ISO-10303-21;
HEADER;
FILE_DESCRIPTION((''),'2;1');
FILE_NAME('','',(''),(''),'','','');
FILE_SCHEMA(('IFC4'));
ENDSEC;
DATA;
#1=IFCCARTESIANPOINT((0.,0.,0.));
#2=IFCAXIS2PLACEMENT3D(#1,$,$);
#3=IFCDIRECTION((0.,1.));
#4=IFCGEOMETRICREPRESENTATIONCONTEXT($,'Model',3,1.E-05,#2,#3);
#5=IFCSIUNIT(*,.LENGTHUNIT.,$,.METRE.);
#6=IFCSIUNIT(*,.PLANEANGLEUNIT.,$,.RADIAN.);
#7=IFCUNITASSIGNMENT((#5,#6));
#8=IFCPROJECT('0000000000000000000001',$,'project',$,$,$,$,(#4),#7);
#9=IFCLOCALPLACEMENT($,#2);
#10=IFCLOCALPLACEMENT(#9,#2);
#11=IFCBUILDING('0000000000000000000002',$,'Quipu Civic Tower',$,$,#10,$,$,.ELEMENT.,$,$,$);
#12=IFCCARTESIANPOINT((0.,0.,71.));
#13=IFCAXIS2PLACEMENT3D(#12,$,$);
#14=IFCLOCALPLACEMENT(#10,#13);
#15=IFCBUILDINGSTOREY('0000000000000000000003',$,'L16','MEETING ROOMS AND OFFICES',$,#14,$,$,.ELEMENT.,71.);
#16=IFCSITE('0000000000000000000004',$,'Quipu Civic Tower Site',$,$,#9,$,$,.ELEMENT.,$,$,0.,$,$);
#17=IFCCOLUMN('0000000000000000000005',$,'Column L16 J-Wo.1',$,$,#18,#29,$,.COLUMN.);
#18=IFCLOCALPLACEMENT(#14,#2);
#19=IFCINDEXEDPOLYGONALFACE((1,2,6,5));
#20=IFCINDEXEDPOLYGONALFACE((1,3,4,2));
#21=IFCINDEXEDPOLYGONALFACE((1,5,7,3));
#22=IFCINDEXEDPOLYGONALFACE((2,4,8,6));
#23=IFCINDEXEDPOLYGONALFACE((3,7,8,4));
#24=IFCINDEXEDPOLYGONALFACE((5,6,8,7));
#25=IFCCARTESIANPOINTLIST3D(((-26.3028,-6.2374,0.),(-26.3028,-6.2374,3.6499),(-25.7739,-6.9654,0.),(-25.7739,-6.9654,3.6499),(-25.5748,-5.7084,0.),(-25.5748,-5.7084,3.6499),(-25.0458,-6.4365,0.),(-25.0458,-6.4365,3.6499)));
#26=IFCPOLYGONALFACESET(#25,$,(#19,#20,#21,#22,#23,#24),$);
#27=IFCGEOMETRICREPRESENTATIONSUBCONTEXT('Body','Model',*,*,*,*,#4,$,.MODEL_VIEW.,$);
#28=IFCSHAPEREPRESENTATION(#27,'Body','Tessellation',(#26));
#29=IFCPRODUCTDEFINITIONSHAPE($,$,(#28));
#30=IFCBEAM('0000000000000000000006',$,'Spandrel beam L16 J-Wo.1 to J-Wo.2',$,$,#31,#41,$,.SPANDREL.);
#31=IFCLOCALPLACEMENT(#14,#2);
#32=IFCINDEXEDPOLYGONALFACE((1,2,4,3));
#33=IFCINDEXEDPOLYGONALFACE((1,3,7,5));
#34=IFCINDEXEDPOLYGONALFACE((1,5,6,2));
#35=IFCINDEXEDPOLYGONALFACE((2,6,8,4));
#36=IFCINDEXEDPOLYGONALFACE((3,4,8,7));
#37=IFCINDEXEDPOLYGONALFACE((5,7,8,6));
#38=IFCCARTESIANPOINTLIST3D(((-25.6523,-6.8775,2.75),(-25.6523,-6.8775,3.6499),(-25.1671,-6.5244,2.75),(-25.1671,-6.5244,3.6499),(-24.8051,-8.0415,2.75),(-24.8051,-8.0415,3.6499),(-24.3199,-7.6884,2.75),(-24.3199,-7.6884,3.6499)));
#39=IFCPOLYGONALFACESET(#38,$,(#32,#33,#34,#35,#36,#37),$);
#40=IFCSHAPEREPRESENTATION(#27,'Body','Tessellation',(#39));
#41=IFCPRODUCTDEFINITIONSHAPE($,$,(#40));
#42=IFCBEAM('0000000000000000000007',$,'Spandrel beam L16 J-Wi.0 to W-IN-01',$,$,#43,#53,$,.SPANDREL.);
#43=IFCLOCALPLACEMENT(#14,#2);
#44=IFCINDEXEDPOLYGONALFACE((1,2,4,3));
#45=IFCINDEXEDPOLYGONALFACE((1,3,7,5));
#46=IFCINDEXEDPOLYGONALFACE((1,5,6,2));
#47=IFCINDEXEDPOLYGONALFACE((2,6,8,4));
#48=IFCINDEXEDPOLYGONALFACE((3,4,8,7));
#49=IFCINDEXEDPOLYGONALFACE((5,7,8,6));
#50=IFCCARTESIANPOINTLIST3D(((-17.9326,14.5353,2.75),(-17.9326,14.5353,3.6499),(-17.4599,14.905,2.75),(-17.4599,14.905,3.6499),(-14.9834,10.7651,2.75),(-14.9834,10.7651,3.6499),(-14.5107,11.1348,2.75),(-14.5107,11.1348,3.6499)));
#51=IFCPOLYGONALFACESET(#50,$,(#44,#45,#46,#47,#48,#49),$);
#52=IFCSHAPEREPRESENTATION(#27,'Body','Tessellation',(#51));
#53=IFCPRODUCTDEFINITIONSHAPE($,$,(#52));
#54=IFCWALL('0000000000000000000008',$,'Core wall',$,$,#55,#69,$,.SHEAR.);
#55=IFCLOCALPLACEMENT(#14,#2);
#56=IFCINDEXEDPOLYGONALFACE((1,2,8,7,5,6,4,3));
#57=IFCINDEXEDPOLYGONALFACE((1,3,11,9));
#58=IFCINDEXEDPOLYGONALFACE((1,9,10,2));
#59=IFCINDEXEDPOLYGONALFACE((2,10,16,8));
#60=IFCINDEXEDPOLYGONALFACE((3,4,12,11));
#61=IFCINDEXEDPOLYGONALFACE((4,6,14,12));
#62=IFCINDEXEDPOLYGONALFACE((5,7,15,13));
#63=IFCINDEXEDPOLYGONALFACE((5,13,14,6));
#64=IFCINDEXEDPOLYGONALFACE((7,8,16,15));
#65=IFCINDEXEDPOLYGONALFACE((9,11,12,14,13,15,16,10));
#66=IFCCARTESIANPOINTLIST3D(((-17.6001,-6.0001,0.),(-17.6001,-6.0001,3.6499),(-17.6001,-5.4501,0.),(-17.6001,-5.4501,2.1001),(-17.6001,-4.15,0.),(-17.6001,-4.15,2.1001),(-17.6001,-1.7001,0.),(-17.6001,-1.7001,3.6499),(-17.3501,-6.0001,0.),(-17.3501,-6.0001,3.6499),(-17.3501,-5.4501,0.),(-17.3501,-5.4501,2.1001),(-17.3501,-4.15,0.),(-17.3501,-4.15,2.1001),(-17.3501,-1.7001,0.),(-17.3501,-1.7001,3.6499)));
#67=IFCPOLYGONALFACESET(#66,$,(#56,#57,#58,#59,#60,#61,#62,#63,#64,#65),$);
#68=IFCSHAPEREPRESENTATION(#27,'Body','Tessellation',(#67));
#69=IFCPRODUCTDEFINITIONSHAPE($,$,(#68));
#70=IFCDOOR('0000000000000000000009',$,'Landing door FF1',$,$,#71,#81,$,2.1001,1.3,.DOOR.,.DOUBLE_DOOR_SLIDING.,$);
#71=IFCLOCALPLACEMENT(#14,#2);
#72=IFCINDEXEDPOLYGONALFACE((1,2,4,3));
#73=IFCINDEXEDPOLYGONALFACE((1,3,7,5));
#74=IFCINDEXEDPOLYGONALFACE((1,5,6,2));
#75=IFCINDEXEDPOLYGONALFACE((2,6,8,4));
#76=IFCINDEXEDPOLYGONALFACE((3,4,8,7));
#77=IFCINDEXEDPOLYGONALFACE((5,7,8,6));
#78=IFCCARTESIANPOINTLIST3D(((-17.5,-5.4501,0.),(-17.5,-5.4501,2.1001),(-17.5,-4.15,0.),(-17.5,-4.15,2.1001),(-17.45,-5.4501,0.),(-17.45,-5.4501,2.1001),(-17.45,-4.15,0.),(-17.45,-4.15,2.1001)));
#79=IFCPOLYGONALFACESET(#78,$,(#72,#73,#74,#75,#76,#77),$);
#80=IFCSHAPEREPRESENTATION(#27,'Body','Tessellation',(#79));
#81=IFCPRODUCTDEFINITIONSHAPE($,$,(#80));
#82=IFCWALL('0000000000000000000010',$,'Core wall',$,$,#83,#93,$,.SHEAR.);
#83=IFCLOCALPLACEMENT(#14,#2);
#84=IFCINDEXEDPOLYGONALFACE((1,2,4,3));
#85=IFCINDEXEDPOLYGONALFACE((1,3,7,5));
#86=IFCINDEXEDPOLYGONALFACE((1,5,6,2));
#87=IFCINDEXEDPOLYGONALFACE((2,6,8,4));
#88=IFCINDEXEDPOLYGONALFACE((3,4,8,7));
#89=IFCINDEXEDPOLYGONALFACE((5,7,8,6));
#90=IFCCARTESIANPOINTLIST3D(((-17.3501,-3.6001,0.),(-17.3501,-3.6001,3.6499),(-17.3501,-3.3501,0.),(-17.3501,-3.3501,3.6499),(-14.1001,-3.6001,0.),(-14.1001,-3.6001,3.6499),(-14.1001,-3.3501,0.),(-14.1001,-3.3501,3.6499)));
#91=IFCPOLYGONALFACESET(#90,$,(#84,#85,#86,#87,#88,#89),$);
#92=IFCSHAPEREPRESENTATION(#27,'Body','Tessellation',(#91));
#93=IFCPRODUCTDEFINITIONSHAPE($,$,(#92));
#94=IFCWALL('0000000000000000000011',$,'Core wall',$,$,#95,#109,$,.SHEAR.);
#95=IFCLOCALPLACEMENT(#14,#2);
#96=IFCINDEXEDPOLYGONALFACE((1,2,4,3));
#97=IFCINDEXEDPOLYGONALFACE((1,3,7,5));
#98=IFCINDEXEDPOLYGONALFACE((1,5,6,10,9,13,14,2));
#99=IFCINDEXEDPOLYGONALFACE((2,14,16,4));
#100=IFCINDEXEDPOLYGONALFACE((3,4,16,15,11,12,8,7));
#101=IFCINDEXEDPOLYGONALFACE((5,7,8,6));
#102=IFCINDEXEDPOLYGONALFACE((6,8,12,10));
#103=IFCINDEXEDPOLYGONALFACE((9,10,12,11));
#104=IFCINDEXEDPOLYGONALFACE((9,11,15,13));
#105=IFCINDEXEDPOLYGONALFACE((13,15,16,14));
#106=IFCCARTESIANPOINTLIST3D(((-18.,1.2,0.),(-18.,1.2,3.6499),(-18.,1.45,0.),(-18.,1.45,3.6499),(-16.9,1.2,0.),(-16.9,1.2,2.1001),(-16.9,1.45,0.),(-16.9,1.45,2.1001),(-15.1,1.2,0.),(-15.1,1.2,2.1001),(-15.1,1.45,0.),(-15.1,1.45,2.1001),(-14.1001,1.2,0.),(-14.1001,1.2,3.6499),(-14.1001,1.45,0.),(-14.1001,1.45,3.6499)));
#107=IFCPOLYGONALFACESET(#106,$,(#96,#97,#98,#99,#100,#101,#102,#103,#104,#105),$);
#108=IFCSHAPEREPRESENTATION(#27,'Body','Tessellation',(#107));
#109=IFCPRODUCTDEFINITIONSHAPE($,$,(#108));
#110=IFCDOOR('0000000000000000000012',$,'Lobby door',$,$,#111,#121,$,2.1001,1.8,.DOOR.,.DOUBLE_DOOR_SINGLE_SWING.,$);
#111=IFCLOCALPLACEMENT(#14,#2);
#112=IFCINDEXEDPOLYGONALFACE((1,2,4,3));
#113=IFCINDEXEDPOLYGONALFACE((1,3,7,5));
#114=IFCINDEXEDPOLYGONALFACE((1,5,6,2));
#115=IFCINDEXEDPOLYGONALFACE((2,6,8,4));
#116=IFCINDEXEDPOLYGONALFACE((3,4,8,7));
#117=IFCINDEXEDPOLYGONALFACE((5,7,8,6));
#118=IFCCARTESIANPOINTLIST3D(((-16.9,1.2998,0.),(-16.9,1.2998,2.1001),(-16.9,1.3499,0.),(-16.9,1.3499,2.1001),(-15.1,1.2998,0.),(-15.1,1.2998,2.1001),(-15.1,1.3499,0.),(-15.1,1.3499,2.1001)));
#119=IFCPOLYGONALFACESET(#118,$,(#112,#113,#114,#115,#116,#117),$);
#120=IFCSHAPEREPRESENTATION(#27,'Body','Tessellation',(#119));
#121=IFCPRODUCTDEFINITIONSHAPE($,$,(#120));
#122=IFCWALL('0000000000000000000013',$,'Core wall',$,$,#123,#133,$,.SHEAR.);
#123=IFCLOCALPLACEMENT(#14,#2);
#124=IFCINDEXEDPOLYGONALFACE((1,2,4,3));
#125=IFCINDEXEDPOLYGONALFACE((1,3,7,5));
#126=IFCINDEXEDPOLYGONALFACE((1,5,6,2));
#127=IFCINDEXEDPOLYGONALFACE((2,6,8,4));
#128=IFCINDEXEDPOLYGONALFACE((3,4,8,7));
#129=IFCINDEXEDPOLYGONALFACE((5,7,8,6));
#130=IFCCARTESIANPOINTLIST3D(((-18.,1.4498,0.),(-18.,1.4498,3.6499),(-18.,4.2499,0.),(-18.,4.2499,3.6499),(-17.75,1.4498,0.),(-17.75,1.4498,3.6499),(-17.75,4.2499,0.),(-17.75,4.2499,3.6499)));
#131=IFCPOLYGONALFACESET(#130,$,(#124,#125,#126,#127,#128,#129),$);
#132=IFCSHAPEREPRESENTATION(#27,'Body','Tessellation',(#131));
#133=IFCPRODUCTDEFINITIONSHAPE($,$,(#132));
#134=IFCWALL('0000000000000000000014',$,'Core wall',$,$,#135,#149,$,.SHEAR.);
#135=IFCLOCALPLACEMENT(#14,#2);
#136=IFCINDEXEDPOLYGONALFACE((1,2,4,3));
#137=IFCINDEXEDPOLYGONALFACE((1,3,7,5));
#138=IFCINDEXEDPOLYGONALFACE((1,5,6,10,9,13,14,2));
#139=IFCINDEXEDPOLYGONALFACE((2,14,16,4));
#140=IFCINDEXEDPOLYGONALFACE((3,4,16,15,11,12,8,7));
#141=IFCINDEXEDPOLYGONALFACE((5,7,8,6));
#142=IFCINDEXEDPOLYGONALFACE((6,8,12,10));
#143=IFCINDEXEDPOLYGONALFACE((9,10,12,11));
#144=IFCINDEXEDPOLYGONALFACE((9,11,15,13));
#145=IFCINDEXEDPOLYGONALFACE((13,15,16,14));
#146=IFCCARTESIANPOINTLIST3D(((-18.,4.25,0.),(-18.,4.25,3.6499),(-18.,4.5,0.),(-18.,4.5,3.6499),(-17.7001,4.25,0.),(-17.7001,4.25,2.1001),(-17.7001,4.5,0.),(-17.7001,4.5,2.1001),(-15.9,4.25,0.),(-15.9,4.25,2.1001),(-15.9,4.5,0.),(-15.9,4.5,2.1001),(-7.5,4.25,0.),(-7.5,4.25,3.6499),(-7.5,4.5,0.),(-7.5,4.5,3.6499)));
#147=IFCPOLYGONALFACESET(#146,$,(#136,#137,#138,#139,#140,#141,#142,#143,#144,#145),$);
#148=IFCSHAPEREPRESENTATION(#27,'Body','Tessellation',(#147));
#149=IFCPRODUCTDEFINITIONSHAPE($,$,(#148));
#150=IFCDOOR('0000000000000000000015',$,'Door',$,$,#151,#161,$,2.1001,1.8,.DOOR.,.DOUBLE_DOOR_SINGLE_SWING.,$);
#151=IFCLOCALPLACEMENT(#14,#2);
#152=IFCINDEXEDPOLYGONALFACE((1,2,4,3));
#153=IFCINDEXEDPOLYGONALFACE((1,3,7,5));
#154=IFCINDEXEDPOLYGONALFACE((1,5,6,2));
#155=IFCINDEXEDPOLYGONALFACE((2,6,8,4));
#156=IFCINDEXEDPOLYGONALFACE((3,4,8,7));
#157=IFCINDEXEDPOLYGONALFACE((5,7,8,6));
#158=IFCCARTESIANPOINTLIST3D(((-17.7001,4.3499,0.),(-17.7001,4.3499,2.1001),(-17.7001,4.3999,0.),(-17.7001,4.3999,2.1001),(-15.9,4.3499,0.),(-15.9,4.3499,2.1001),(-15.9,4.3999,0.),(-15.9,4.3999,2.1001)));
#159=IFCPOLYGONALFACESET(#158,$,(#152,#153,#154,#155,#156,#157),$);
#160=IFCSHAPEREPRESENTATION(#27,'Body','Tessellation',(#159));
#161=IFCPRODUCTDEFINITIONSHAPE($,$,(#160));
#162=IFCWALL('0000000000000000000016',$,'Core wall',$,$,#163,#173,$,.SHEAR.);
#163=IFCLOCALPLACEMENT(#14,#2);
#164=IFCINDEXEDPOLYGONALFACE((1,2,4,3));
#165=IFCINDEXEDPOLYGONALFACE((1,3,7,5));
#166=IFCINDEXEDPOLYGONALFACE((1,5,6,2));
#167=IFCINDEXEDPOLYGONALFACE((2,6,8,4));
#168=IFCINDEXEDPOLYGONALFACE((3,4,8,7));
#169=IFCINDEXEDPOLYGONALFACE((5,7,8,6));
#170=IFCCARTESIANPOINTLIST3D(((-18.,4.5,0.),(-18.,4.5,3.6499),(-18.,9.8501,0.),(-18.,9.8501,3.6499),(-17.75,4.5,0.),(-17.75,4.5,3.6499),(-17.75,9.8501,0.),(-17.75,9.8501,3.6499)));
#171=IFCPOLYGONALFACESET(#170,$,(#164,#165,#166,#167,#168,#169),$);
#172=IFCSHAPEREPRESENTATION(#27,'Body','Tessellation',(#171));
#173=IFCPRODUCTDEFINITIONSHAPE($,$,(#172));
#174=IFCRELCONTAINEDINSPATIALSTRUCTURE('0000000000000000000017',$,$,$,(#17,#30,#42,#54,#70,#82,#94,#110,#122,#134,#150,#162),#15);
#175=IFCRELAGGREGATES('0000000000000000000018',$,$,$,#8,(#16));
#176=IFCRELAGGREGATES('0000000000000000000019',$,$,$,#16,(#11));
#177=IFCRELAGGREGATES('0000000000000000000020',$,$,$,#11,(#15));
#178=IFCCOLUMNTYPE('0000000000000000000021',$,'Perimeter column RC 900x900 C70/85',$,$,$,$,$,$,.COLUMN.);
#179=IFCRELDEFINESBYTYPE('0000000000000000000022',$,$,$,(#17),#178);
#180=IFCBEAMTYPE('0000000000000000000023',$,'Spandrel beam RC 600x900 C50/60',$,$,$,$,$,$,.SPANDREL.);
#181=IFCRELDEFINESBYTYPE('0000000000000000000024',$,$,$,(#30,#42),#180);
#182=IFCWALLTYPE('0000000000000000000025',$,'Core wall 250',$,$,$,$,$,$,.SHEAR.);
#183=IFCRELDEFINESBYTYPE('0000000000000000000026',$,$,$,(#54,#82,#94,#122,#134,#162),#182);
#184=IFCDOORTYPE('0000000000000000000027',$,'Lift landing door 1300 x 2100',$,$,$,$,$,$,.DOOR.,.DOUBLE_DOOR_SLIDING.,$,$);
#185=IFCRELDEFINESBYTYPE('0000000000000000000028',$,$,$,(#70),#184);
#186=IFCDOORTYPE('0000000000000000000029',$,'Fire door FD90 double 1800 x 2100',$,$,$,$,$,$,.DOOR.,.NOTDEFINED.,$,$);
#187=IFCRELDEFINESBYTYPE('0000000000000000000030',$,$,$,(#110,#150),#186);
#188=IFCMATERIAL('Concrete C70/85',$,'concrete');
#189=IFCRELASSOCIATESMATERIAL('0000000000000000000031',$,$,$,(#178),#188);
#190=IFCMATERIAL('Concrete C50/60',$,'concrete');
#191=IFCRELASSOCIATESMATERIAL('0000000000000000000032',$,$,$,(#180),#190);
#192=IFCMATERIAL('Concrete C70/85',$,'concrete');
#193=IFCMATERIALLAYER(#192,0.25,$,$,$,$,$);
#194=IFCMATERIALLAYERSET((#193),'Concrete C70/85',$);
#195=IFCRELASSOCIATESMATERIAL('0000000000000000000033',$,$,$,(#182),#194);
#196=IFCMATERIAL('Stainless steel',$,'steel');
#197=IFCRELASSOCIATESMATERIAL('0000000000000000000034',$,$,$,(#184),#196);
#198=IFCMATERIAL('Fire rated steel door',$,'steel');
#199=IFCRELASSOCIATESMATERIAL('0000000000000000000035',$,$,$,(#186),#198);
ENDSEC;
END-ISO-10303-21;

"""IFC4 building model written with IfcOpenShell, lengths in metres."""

from ifc_helpers import new_model, si_unit, direction, frame, frame_2d, origin, origin_2d, place, context, subcontext, project, spatial, rectangle, extrude, material, layer, layer_set, material_profile, profile_set, type_object, element, fill, save


model = new_model("IFC4")

# Units and contexts
model_context = context("Model", 3, precision=1e-05, world=origin(), true_north=direction((0.0, 1.0)))
body_context = subcontext(model_context, "Body", "Model", "MODEL_VIEW")
ifc_project = project(units=[si_unit("LENGTHUNIT", "METRE"), si_unit("PLANEANGLEUNIT", "RADIAN")], contexts=[model_context])

# Site, building, storey
site_placement = place(None, origin())
site = spatial("IfcSite", under=ifc_project, at=site_placement, Name="Quipu Civic Tower Site", CompositionType="ELEMENT", RefElevation=0.0)
building_placement = place(site_placement, origin())
building = spatial("IfcBuilding", under=site, at=building_placement, Name="Quipu Civic Tower", CompositionType="ELEMENT")
storey_placement = place(building_placement, frame((0.0, 0.0, 71.0)))
storey = spatial("IfcBuildingStorey", under=building, at=storey_placement, Name="L16", Description="MEETING ROOMS AND OFFICES", CompositionType="ELEMENT", Elevation=71.0)

# Column
ifc_material_1 = material(Name="Concrete C70/85", Category="concrete")
ifc_material_profile_1 = material_profile(ifc_material_1, rectangle(XDim=0.8999, YDim=0.8999, at=origin_2d()), Name="RC900x900")
ifc_profile_set_1 = profile_set([ifc_material_profile_1], Name="Concrete C70/85")
column_type = type_object("IfcColumnType", Name="Perimeter column RC 900x900 C70/85", PredefinedType="COLUMN", material=ifc_profile_set_1)
column_placement = place(storey_placement, frame((-25.6743, -6.3369, 0.0), z_axis=(0.0, 0.0, 1.0), x_axis=(0.587785, -0.809017, 0.0)))
element("IfcColumn", 1, at=column_placement, inside=storey, type_object=column_type, Name="Column L16 J-Wo.1", PredefinedType="COLUMN", context=body_context, shape_type="SweptSolid", body=[
    extrude(rectangle(XDim=0.8999, YDim=0.8999, at=origin_2d()), origin(), (0.0, 0.0, 1.0), 3.6499),
])

# Beams
ifc_material_2 = material(Name="Concrete C50/60", Category="concrete")
ifc_material_profile_2 = material_profile(ifc_material_2, rectangle(XDim=0.6001, YDim=0.8999, at=origin_2d()), Name="RC600x900")
ifc_profile_set_2 = profile_set([ifc_material_profile_2], Name="Concrete C50/60")
beam_type = type_object("IfcBeamType", Name="Spandrel beam RC 600x900 C50/60", PredefinedType="SPANDREL", material=ifc_profile_set_2)
beam_1_placement = place(storey_placement, frame((-25.4097, -6.7009, 3.2), z_axis=(0.588434, -0.808545, 0.0), x_axis=(0.808545, 0.588434, 0.0)))
element("IfcBeam", 2, at=beam_1_placement, inside=storey, type_object=beam_type, Name="Spandrel beam L16 J-Wo.1 to J-Wo.2", PredefinedType="SPANDREL", context=body_context, shape_type="SweptSolid", body=[
    extrude(rectangle(XDim=0.6001, YDim=0.8999, at=origin_2d()), origin(), (0.0, 0.0, 1.0), 1.4397),
])
beam_2_placement = place(storey_placement, frame((-14.7471, 10.95, 3.2), z_axis=(-0.616124, 0.787649, 0.0), x_axis=(-0.787649, -0.616124, 0.0)))
element("IfcBeam", 3, at=beam_2_placement, inside=storey, type_object=beam_type, Name="Spandrel beam L16 J-Wi.0 to W-IN-01", PredefinedType="SPANDREL", context=body_context, shape_type="SweptSolid", body=[
    extrude(rectangle(XDim=0.6001, YDim=0.8999, at=origin_2d()), origin(), (0.0, 0.0, 1.0), 4.7866),
])

# Wall, opening, door
ifc_material_3 = material(Name="Concrete C70/85", Category="concrete")
ifc_layer_1 = layer(ifc_material_3, 0.25)
ifc_layer_set_1 = layer_set([ifc_layer_1], Name="Concrete C70/85")
wall_type_1 = type_object("IfcWallType", Name="Core wall 250", PredefinedType="SHEAR", material=ifc_layer_set_1)
wall_1_placement = place(storey_placement, frame((-17.4751, -6.0, 0.0), z_axis=(0.0, 0.0, 1.0), x_axis=(0.0, 1.0, 0.0)))
wall_1 = element("IfcWall", 4, at=wall_1_placement, inside=storey, type_object=wall_type_1, Name="Core wall", PredefinedType="SHEAR", context=body_context, shape_type="SweptSolid", body=[
    extrude(rectangle(XDim=4.3, YDim=0.25, at=frame_2d((2.1499, 0.0))), origin(), (0.0, 0.0, 1.0), 3.6499),
])
opening_1_placement = place(wall_1_placement, frame((0.55, 0.0, 0.0)))
opening_1 = element("IfcOpeningElement", 5, at=opening_1_placement, cuts=wall_1, PredefinedType="OPENING", context=body_context, shape_type="SweptSolid", body=[
    extrude(rectangle(XDim=1.3, YDim=2.1001, at=frame_2d((0.6499, 1.05))), frame((0.0, 0.135, 0.0), z_axis=(0.0, -1.0, 0.0), x_axis=(1.0, 0.0, 0.0)), (0.0, 0.0, 1.0), 0.27),
])
ifc_material_4 = material(Name="Stainless steel", Category="steel")
door_type_1 = type_object("IfcDoorType", Name="Lift landing door 1300 x 2100", OperationType="DOUBLE_DOOR_SLIDING", PredefinedType="DOOR", material=ifc_material_4)
door_1_placement = place(opening_1_placement, origin())
door_1 = element("IfcDoor", 6, at=door_1_placement, inside=storey, type_object=door_type_1, Name="Landing door FF1", OperationType="DOUBLE_DOOR_SLIDING", OverallHeight=2.1001, OverallWidth=1.3, PredefinedType="DOOR", context=body_context, shape_type="SweptSolid", body=[
    extrude(rectangle(XDim=1.3, YDim=2.1001, at=frame_2d((0.6499, 1.05))), frame((0.0, 0.0249, 0.0), z_axis=(0.0, -1.0, 0.0), x_axis=(1.0, 0.0, 0.0)), (0.0, 0.0, 1.0), 0.05),
])
fill(opening_1, door_1)

# Wall
wall_2_placement = place(storey_placement, frame((-17.3501, -3.4751, 0.0), z_axis=(0.0, 0.0, 1.0), x_axis=(1.0, 0.0, 0.0)))
element("IfcWall", 7, at=wall_2_placement, inside=storey, type_object=wall_type_1, Name="Core wall", PredefinedType="SHEAR", context=body_context, shape_type="SweptSolid", body=[
    extrude(rectangle(XDim=3.25, YDim=0.25, at=frame_2d((1.625, 0.0))), origin(), (0.0, 0.0, 1.0), 3.6499),
])

# Wall, opening, door
wall_3_placement = place(storey_placement, frame((-18.0, 1.325, 0.0), z_axis=(0.0, 0.0, 1.0), x_axis=(1.0, 0.0, 0.0)))
wall_3 = element("IfcWall", 8, at=wall_3_placement, inside=storey, type_object=wall_type_1, Name="Core wall", PredefinedType="SHEAR", context=body_context, shape_type="SweptSolid", body=[
    extrude(rectangle(XDim=3.8999, YDim=0.25, at=frame_2d((1.95, 0.0))), origin(), (0.0, 0.0, 1.0), 3.6499),
])
opening_2_placement = place(wall_3_placement, frame((1.1001, 0.0, 0.0)))
opening_2 = element("IfcOpeningElement", 9, at=opening_2_placement, cuts=wall_3, PredefinedType="OPENING", context=body_context, shape_type="SweptSolid", body=[
    extrude(rectangle(XDim=1.8, YDim=2.1001, at=frame_2d((0.8999, 1.05))), frame((0.0, 0.135, 0.0), z_axis=(0.0, -1.0, 0.0), x_axis=(1.0, 0.0, 0.0)), (0.0, 0.0, 1.0), 0.27),
])
ifc_material_5 = material(Name="Fire rated steel door", Category="steel")
door_type_2 = type_object("IfcDoorType", Name="Fire door FD90 double 1800 x 2100", OperationType="NOTDEFINED", PredefinedType="DOOR", material=ifc_material_5)
door_2_placement = place(opening_2_placement, origin())
door_2 = element("IfcDoor", 10, at=door_2_placement, inside=storey, type_object=door_type_2, Name="Lobby door", OperationType="DOUBLE_DOOR_SINGLE_SWING", OverallHeight=2.1001, OverallWidth=1.8, PredefinedType="DOOR", context=body_context, shape_type="SweptSolid", body=[
    extrude(rectangle(XDim=1.8, YDim=2.1001, at=frame_2d((0.8999, 1.05))), frame((0.0, 0.0249, 0.0), z_axis=(0.0, -1.0, 0.0), x_axis=(1.0, 0.0, 0.0)), (0.0, 0.0, 1.0), 0.05),
])
fill(opening_2, door_2)

# Wall
wall_4_placement = place(storey_placement, frame((-17.875, 1.45, 0.0), z_axis=(0.0, 0.0, 1.0), x_axis=(0.0, 1.0, 0.0)))
element("IfcWall", 11, at=wall_4_placement, inside=storey, type_object=wall_type_1, Name="Core wall", PredefinedType="SHEAR", context=body_context, shape_type="SweptSolid", body=[
    extrude(rectangle(XDim=2.8, YDim=0.25, at=frame_2d((1.3999, 0.0))), origin(), (0.0, 0.0, 1.0), 3.6499),
])

# Wall, opening, door
wall_5_placement = place(storey_placement, frame((-18.0, 4.375, 0.0), z_axis=(0.0, 0.0, 1.0), x_axis=(1.0, 0.0, 0.0)))
wall_5 = element("IfcWall", 12, at=wall_5_placement, inside=storey, type_object=wall_type_1, Name="Core wall", PredefinedType="SHEAR", context=body_context, shape_type="SweptSolid", body=[
    extrude(rectangle(XDim=10.5, YDim=0.25, at=frame_2d((5.25, 0.0))), origin(), (0.0, 0.0, 1.0), 3.6499),
])
opening_3_placement = place(wall_5_placement, frame((0.3, 0.0, 0.0)))
opening_3 = element("IfcOpeningElement", 13, at=opening_3_placement, cuts=wall_5, PredefinedType="OPENING", context=body_context, shape_type="SweptSolid", body=[
    extrude(rectangle(XDim=1.8, YDim=2.1001, at=frame_2d((0.8999, 1.05))), frame((0.0, 0.135, 0.0), z_axis=(0.0, -1.0, 0.0), x_axis=(1.0, 0.0, 0.0)), (0.0, 0.0, 1.0), 0.27),
])
door_3_placement = place(opening_3_placement, origin())
door_3 = element("IfcDoor", 14, at=door_3_placement, inside=storey, type_object=door_type_2, Name="Door", OperationType="DOUBLE_DOOR_SINGLE_SWING", OverallHeight=2.1001, OverallWidth=1.8, PredefinedType="DOOR", context=body_context, shape_type="SweptSolid", body=[
    extrude(rectangle(XDim=1.8, YDim=2.1001, at=frame_2d((0.8999, 1.05))), frame((0.0, 0.0249, 0.0), z_axis=(0.0, -1.0, 0.0), x_axis=(1.0, 0.0, 0.0)), (0.0, 0.0, 1.0), 0.05),
])
fill(opening_3, door_3)

# Wall
wall_6_placement = place(storey_placement, frame((-17.875, 4.5, 0.0), z_axis=(0.0, 0.0, 1.0), x_axis=(0.0, 1.0, 0.0)))
element("IfcWall", 15, at=wall_6_placement, inside=storey, type_object=wall_type_1, Name="Core wall", PredefinedType="SHEAR", context=body_context, shape_type="SweptSolid", body=[
    extrude(rectangle(XDim=5.3501, YDim=0.25, at=frame_2d((2.675, 0.0))), origin(), (0.0, 0.0, 1.0), 3.6499),
])

save(model, "model.ifc")
